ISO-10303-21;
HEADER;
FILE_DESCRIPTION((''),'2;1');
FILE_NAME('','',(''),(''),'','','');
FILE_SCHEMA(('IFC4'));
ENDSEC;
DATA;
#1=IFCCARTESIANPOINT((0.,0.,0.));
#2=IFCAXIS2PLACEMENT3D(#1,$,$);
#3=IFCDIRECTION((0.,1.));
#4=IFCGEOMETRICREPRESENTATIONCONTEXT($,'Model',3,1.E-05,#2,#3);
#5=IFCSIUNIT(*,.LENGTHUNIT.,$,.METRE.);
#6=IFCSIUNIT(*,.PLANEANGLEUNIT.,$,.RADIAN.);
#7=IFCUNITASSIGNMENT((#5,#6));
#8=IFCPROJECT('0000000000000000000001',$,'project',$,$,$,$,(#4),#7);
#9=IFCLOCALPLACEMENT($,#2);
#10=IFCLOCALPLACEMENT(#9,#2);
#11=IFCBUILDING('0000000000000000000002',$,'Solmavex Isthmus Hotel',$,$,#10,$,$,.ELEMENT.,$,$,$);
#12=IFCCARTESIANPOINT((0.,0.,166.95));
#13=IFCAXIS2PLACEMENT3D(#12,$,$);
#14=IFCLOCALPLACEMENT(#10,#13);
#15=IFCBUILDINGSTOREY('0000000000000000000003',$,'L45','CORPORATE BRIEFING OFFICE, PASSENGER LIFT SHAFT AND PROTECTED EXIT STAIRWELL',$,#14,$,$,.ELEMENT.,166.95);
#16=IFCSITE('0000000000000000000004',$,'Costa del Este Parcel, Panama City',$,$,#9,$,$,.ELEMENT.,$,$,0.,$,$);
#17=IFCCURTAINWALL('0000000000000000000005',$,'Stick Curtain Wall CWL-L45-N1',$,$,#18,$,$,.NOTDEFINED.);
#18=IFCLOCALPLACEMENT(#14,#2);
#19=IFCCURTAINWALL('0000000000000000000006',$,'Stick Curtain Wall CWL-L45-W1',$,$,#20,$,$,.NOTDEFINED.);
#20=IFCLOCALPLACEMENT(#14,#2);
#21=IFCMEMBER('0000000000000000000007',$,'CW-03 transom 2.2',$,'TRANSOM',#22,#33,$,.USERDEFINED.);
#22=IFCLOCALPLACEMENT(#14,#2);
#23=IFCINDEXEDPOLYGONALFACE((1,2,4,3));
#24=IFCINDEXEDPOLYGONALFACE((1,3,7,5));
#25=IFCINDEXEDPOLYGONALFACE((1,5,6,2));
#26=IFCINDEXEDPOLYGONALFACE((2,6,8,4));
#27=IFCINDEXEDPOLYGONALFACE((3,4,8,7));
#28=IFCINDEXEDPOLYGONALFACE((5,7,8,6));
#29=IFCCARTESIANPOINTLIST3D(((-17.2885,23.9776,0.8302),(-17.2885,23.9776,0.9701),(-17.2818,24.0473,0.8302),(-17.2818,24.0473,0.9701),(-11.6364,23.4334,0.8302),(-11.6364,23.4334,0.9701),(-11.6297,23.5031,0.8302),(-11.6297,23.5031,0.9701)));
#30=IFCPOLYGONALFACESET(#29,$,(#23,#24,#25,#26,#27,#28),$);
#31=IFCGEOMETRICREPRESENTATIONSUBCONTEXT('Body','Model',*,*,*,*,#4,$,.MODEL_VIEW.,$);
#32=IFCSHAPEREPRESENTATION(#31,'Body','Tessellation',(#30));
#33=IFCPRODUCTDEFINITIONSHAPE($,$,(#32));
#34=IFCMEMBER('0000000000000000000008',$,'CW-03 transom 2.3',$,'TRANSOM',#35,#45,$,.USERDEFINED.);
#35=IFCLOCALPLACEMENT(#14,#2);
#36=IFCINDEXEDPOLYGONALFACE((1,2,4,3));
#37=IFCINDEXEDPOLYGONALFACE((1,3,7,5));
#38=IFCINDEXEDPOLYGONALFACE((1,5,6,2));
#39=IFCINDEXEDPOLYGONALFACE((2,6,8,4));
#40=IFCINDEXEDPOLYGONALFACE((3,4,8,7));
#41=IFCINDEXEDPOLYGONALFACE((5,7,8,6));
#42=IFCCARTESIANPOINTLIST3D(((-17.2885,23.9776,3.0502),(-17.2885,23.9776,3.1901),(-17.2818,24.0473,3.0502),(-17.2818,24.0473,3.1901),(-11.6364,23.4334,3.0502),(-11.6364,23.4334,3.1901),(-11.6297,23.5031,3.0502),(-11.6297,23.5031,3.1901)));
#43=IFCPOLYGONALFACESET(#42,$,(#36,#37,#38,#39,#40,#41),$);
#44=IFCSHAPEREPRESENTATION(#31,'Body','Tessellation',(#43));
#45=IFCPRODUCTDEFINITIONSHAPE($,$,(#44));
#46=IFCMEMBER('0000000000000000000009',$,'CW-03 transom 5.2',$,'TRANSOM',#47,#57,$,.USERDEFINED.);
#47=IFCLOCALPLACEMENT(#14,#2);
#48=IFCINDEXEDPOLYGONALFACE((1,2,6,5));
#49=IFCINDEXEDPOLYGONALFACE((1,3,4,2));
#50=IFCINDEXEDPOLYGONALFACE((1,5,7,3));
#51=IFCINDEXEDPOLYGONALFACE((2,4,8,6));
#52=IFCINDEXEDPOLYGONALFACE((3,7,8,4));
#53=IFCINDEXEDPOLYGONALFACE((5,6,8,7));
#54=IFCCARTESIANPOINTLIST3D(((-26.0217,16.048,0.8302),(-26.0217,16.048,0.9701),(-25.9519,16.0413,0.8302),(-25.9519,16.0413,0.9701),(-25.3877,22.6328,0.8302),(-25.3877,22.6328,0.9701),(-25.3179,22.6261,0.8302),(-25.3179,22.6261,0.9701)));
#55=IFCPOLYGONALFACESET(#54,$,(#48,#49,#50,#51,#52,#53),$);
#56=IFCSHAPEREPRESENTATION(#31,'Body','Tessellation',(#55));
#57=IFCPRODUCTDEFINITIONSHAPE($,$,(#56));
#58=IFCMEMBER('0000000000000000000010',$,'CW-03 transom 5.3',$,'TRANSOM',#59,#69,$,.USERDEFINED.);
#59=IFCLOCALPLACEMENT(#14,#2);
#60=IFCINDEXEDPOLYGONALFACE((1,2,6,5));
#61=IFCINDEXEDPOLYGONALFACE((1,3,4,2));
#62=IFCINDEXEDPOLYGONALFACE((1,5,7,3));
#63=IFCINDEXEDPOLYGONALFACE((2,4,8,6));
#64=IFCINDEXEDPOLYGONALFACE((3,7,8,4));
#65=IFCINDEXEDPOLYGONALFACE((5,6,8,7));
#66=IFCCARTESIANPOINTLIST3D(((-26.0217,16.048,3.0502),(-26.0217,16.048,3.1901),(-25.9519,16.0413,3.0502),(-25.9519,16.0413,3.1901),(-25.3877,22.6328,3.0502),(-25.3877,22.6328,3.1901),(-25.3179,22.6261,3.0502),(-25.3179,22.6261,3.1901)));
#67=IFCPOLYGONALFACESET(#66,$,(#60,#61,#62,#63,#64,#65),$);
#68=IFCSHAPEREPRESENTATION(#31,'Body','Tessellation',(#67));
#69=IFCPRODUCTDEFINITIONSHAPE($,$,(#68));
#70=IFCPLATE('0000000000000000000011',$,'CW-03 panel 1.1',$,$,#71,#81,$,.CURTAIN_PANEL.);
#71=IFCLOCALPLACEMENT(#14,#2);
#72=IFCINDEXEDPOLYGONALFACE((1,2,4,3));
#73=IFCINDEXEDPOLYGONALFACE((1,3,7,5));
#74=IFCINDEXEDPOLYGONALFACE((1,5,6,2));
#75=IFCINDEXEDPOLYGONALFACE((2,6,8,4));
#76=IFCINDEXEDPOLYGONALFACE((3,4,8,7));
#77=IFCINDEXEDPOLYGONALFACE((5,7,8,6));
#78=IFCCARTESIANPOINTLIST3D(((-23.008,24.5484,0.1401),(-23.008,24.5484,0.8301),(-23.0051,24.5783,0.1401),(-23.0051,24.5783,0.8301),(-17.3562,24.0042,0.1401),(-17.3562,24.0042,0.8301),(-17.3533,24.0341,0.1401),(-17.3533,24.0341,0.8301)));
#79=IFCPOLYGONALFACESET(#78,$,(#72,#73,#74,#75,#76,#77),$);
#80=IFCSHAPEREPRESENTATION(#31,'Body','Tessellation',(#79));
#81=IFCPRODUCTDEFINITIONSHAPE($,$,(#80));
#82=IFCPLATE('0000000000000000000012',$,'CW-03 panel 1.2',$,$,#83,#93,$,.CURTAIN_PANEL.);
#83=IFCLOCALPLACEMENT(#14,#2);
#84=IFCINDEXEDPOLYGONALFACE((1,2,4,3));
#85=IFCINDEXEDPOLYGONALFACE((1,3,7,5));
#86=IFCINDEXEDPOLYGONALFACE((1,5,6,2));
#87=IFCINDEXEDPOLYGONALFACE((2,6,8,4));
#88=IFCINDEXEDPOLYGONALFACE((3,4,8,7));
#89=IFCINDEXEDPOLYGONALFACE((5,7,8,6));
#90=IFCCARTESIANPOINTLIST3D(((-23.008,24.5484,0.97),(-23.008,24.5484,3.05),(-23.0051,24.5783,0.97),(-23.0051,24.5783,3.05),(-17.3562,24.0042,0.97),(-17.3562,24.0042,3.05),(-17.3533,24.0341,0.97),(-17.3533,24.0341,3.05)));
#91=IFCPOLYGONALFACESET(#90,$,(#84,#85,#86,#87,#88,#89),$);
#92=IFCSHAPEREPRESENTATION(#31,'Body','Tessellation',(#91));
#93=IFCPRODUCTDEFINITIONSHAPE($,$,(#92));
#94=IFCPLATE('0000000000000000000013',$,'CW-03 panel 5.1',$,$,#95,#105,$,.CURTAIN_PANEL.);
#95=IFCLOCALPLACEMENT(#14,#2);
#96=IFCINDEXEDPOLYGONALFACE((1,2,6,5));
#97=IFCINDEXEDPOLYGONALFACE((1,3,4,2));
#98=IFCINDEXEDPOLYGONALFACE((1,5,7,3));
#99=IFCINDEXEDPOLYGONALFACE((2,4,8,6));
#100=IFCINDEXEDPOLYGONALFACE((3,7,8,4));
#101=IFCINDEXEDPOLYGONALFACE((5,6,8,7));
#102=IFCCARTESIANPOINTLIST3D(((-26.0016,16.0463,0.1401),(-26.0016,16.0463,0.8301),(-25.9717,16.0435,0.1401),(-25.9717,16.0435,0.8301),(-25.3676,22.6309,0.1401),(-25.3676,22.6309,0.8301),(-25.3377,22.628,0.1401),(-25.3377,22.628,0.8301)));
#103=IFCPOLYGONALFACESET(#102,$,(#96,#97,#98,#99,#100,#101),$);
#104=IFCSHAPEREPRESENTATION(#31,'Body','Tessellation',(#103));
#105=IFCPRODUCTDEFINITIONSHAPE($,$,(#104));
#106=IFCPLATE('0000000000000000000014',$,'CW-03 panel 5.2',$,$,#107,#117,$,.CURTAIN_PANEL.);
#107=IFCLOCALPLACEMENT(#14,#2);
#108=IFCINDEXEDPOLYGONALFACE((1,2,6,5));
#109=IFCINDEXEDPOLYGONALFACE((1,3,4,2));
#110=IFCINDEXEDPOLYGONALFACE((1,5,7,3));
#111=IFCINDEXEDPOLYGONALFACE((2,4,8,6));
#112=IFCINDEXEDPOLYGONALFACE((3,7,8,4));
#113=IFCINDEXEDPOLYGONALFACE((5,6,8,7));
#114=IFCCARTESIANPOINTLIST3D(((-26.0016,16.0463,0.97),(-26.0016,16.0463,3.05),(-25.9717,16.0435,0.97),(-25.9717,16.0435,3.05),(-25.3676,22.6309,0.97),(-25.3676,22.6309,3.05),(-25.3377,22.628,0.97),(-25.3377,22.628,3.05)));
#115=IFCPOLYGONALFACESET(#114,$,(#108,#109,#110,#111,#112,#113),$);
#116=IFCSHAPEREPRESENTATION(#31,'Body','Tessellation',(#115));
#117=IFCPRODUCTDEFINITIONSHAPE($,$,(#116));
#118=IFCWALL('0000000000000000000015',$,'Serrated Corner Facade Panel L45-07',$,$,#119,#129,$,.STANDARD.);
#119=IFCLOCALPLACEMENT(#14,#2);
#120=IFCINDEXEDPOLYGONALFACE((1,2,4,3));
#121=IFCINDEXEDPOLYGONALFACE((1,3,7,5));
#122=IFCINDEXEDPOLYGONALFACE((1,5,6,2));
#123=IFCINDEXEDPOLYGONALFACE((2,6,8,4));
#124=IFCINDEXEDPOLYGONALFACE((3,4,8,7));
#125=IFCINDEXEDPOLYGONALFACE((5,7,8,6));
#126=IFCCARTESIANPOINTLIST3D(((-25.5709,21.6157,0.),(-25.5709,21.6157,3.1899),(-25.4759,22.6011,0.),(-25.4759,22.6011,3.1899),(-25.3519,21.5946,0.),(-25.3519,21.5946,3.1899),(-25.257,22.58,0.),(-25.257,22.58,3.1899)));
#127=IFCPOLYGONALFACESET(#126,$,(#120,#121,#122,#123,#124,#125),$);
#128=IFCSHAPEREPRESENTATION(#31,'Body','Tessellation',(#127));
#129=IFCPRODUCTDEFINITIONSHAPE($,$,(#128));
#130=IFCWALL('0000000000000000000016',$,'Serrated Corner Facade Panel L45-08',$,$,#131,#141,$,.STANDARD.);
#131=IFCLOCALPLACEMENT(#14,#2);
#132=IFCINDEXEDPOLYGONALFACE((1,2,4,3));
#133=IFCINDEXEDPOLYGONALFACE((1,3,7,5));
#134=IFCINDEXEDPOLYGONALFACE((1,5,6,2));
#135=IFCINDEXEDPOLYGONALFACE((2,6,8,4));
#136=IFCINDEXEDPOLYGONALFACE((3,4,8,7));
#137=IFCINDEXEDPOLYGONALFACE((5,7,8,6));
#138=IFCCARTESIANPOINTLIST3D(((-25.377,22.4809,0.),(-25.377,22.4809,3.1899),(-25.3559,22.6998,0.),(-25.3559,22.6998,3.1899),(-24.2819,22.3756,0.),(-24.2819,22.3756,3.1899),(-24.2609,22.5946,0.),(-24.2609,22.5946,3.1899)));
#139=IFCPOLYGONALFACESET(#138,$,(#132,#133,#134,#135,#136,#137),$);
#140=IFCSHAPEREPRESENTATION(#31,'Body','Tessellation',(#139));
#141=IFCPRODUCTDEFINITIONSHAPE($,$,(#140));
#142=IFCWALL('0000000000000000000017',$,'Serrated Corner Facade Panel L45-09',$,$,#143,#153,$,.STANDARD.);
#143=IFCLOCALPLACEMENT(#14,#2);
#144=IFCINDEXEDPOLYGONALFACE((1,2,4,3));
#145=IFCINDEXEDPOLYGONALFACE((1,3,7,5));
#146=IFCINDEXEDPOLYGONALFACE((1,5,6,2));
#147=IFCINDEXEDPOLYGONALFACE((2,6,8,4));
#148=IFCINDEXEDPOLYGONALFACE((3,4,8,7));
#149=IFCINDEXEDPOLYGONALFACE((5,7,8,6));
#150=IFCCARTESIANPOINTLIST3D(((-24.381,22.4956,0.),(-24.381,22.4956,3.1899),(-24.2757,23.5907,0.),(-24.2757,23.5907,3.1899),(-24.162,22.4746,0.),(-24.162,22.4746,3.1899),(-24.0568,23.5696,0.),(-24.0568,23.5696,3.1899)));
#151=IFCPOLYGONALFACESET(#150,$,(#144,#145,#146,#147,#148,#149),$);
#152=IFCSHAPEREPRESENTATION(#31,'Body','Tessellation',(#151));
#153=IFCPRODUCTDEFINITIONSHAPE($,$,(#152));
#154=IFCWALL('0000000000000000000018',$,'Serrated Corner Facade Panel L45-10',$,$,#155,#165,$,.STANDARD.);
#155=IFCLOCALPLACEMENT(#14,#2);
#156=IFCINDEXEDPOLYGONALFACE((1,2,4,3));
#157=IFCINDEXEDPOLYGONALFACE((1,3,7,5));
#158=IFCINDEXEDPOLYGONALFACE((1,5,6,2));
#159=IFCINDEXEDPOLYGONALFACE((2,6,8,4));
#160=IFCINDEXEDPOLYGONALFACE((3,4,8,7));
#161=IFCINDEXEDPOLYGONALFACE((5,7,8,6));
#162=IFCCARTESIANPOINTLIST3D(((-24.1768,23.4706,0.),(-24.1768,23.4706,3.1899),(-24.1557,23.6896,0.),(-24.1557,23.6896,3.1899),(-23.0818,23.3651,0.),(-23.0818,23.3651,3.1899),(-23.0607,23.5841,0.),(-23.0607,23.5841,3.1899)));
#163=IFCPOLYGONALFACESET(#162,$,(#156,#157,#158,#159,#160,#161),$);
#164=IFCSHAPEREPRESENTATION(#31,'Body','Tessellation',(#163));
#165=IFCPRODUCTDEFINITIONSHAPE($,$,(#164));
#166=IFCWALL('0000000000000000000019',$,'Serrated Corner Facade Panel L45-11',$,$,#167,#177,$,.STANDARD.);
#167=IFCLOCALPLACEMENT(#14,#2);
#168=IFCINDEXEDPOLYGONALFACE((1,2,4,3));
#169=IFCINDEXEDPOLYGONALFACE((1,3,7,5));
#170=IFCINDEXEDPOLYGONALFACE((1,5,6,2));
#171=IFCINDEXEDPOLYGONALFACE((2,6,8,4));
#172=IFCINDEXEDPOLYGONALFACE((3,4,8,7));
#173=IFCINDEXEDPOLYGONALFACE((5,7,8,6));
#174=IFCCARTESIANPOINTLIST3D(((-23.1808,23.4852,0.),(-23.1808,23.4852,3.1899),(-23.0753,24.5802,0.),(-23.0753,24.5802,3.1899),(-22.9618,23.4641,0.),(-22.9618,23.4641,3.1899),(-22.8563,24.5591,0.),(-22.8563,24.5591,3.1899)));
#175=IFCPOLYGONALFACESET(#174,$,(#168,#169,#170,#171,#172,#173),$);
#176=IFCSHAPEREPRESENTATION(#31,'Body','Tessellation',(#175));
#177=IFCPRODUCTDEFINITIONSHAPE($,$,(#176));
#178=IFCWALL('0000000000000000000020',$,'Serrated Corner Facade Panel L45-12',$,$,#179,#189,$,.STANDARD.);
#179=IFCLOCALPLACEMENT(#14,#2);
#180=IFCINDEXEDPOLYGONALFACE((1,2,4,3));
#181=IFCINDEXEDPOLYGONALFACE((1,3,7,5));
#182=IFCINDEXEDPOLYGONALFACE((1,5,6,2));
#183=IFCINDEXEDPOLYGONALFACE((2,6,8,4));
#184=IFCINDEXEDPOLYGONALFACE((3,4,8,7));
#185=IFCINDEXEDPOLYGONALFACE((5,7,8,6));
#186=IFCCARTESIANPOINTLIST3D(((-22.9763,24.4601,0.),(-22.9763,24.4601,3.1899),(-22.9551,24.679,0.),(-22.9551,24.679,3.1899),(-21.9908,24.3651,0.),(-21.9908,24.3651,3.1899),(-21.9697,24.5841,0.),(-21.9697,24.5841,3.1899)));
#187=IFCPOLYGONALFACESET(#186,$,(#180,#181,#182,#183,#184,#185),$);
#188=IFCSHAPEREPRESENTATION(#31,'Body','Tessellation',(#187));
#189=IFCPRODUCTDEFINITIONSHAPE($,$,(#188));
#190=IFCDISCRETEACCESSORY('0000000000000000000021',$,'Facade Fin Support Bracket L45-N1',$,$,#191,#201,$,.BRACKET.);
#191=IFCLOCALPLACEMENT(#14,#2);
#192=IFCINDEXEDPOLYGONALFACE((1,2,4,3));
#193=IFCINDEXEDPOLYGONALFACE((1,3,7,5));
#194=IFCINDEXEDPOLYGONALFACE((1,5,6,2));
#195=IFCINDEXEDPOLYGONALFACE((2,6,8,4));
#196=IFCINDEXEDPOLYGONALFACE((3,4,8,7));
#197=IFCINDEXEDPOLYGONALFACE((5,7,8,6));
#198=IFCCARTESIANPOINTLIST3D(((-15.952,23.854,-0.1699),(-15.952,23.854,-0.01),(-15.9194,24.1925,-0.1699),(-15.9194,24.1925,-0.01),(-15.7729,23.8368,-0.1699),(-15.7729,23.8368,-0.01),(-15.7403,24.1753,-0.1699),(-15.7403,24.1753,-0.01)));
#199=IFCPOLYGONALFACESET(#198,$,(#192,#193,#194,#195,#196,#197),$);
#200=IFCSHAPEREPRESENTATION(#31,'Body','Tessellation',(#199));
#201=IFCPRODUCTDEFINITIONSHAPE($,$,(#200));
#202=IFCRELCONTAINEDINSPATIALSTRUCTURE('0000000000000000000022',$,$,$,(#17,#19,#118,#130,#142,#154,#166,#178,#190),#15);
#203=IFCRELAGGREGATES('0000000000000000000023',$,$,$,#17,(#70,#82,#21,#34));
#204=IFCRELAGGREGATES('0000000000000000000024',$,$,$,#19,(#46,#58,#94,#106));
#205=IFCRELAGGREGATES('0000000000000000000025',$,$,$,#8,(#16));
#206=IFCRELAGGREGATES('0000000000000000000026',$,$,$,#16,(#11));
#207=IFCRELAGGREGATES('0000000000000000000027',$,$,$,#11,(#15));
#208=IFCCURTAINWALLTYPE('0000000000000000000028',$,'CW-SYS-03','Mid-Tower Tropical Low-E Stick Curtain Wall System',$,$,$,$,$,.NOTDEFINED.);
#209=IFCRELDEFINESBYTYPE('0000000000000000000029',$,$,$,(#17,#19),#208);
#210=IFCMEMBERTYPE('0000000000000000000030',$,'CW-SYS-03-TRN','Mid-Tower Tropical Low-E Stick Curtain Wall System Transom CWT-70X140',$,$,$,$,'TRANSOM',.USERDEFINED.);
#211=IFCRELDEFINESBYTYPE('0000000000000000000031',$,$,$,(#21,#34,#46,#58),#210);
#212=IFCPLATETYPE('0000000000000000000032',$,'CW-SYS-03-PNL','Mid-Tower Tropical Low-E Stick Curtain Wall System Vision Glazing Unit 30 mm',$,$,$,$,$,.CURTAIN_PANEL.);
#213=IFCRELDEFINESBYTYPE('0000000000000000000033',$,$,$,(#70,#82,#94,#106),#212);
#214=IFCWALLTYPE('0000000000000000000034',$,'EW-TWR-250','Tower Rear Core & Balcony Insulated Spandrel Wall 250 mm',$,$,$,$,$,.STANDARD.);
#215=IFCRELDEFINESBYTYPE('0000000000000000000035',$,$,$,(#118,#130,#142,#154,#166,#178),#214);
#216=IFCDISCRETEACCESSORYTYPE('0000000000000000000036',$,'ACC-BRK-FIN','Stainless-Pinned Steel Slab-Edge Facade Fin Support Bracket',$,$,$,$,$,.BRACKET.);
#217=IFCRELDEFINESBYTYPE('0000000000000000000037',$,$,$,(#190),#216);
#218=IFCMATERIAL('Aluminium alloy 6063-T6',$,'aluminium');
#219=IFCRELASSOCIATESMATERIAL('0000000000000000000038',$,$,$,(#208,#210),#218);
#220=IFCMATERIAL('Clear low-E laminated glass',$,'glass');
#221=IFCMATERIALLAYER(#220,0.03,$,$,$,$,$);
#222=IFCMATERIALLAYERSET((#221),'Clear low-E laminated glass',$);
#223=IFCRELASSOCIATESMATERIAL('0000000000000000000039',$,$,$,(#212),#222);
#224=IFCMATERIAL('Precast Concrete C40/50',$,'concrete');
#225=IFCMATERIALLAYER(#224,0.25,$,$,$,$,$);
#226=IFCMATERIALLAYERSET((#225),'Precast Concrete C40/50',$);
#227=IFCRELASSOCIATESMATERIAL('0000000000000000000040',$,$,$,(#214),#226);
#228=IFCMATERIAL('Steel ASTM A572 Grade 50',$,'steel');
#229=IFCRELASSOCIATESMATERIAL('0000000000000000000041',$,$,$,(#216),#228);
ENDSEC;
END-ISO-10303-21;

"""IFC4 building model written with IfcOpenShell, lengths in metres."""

from ifc_helpers import new_model, si_unit, direction, frame, frame_2d, origin, origin_2d, place, context, subcontext, project, spatial, rectangle, extrude, material, layer, layer_set, material_profile, profile_set, type_object, element, aggregate, save


model = new_model("IFC4")

# Units and contexts
model_context = context("Model", 3, precision=1e-05, world=origin(), true_north=direction((0.0, 1.0)))
body_context = subcontext(model_context, "Body", "Model", "MODEL_VIEW")
ifc_project = project(units=[si_unit("LENGTHUNIT", "METRE"), si_unit("PLANEANGLEUNIT", "RADIAN")], contexts=[model_context])

# Site, building, storey
site_placement = place(None, origin())
site = spatial("IfcSite", under=ifc_project, at=site_placement, Name="Costa del Este Parcel, Panama City", CompositionType="ELEMENT", RefElevation=0.0)
building_placement = place(site_placement, origin())
building = spatial("IfcBuilding", under=site, at=building_placement, Name="Solmavex Isthmus Hotel", CompositionType="ELEMENT")
storey_placement = place(building_placement, frame((0.0, 0.0, 166.95)))
storey = spatial("IfcBuildingStorey", under=building, at=storey_placement, Name="L45", Description="CORPORATE BRIEFING OFFICE, PASSENGER LIFT SHAFT AND PROTECTED EXIT STAIRWELL", CompositionType="ELEMENT", Elevation=166.95)

# Curtain wall
ifc_material_1 = material(Name="Aluminium alloy 6063-T6", Category="aluminium")
curtain_wall_type = type_object("IfcCurtainWallType", Name="CW-SYS-03", Description="Mid-Tower Tropical Low-E Stick Curtain Wall System", PredefinedType="NOTDEFINED", material=ifc_material_1)
curtain_wall_1_placement = place(storey_placement, origin())
curtain_wall_1 = element("IfcCurtainWall", 1, at=curtain_wall_1_placement, inside=storey, type_object=curtain_wall_type, Name="Stick Curtain Wall CWL-L45-N1", PredefinedType="NOTDEFINED")

# Curtain wall
curtain_wall_2_placement = place(storey_placement, origin())
curtain_wall_2 = element("IfcCurtainWall", 2, at=curtain_wall_2_placement, inside=storey, type_object=curtain_wall_type, Name="Stick Curtain Wall CWL-L45-W1", PredefinedType="NOTDEFINED")

# Members
ifc_material_profile_1 = material_profile(ifc_material_1, rectangle(XDim=0.0701, YDim=0.1399, at=origin_2d()), Name="CWT-70X140")
ifc_profile_set_1 = profile_set([ifc_material_profile_1], Name="Aluminium alloy 6063-T6")
member_type_1 = type_object("IfcMemberType", Name="CW-SYS-03-TRN", Description="Mid-Tower Tropical Low-E Stick Curtain Wall System Transom CWT-70X140", ElementType="TRANSOM", PredefinedType="USERDEFINED", material=ifc_profile_set_1)
member_1_placement = place(storey_placement, frame((-17.2852, 24.0125, 0.9001), z_axis=(0.995397, -0.095838, 0.0), x_axis=(0.095838, 0.995397, 0.0)))
member_1 = element("IfcMember", 3, at=member_1_placement, type_object=member_type_1, Name="CW-03 transom 2.2", ObjectType="TRANSOM", PredefinedType="USERDEFINED", context=body_context, shape_type="SweptSolid", body=[
    extrude(rectangle(XDim=0.0701, YDim=0.1399, at=origin_2d()), origin(), (0.0, 0.0, 1.0), 5.6782),
])
member_2_placement = place(storey_placement, frame((-17.2852, 24.0125, 3.1201), z_axis=(0.995397, -0.095838, 0.0), x_axis=(0.095838, 0.995397, 0.0)))
member_2 = element("IfcMember", 4, at=member_2_placement, type_object=member_type_1, Name="CW-03 transom 2.3", ObjectType="TRANSOM", PredefinedType="USERDEFINED", context=body_context, shape_type="SweptSolid", body=[
    extrude(rectangle(XDim=0.0701, YDim=0.1399, at=origin_2d()), origin(), (0.0, 0.0, 1.0), 5.6782),
])
member_3_placement = place(storey_placement, frame((-25.9868, 16.0447, 0.9001), z_axis=(0.095845, 0.995396, 0.0), x_axis=(-0.995396, 0.095845, 0.0)))
member_3 = element("IfcMember", 5, at=member_3_placement, type_object=member_type_1, Name="CW-03 transom 5.2", ObjectType="TRANSOM", PredefinedType="USERDEFINED", context=body_context, shape_type="SweptSolid", body=[
    extrude(rectangle(XDim=0.0701, YDim=0.1399, at=origin_2d()), origin(), (0.0, 0.0, 1.0), 6.6152),
])
member_4_placement = place(storey_placement, frame((-25.9868, 16.0447, 3.1201), z_axis=(0.095845, 0.995396, 0.0), x_axis=(-0.995396, 0.095845, 0.0)))
member_4 = element("IfcMember", 6, at=member_4_placement, type_object=member_type_1, Name="CW-03 transom 5.3", ObjectType="TRANSOM", PredefinedType="USERDEFINED", context=body_context, shape_type="SweptSolid", body=[
    extrude(rectangle(XDim=0.0701, YDim=0.1399, at=origin_2d()), origin(), (0.0, 0.0, 1.0), 6.6152),
])

# Plates
ifc_material_2 = material(Name="Clear low-E laminated glass", Category="glass")
ifc_layer_1 = layer(ifc_material_2, 0.03)
ifc_layer_set_1 = layer_set([ifc_layer_1], Name="Clear low-E laminated glass")
plate_type = type_object("IfcPlateType", Name="CW-SYS-03-PNL", Description="Mid-Tower Tropical Low-E Stick Curtain Wall System Vision Glazing Unit 30 mm", PredefinedType="CURTAIN_PANEL", material=ifc_layer_set_1)
plate_1_placement = place(storey_placement, frame((-20.1807, 24.2913, 0.1401), z_axis=(0.0, 0.0, 1.0), x_axis=(0.995396, -0.095846, 0.0)))
plate_1 = element("IfcPlate", 7, at=plate_1_placement, type_object=plate_type, Name="CW-03 panel 1.1", PredefinedType="CURTAIN_PANEL", context=body_context, shape_type="SweptSolid", body=[
    extrude(rectangle(XDim=5.678, YDim=0.03, at=origin_2d()), origin(), (0.0, 0.0, 1.0), 0.6899),
])
plate_2_placement = place(storey_placement, frame((-20.1807, 24.2913, 0.97), z_axis=(0.0, 0.0, 1.0), x_axis=(0.995396, -0.095846, 0.0)))
plate_2 = element("IfcPlate", 8, at=plate_2_placement, type_object=plate_type, Name="CW-03 panel 1.2", PredefinedType="CURTAIN_PANEL", context=body_context, shape_type="SweptSolid", body=[
    extrude(rectangle(XDim=5.678, YDim=0.03, at=origin_2d()), origin(), (0.0, 0.0, 1.0), 2.0801),
])
aggregate(curtain_wall_1, [plate_1, plate_2, member_1, member_2])
plate_3_placement = place(storey_placement, frame((-25.6697, 19.3372, 0.1401), z_axis=(0.0, 0.0, 1.0), x_axis=(0.095846, 0.995396, 0.0)))
plate_3 = element("IfcPlate", 9, at=plate_3_placement, type_object=plate_type, Name="CW-03 panel 5.1", PredefinedType="CURTAIN_PANEL", context=body_context, shape_type="SweptSolid", body=[
    extrude(rectangle(XDim=6.615, YDim=0.03, at=origin_2d()), origin(), (0.0, 0.0, 1.0), 0.6899),
])
plate_4_placement = place(storey_placement, frame((-25.6697, 19.3372, 0.97), z_axis=(0.0, 0.0, 1.0), x_axis=(0.095846, 0.995396, 0.0)))
plate_4 = element("IfcPlate", 10, at=plate_4_placement, type_object=plate_type, Name="CW-03 panel 5.2", PredefinedType="CURTAIN_PANEL", context=body_context, shape_type="SweptSolid", body=[
    extrude(rectangle(XDim=6.615, YDim=0.03, at=origin_2d()), origin(), (0.0, 0.0, 1.0), 2.0801),
])
aggregate(curtain_wall_2, [member_3, member_4, plate_3, plate_4])

# Walls
ifc_material_3 = material(Name="Precast Concrete C40/50", Category="concrete")
ifc_layer_2 = layer(ifc_material_3, 0.25)
ifc_layer_set_2 = layer_set([ifc_layer_2], Name="Precast Concrete C40/50")
wall_type = type_object("IfcWallType", Name="EW-TWR-250", Description="Tower Rear Core & Balcony Insulated Spandrel Wall 250 mm", PredefinedType="STANDARD", material=ifc_layer_set_2)
wall_1_placement = place(storey_placement, frame((-25.4614, 21.605, 0.0), z_axis=(0.0, 0.0, 1.0), x_axis=(0.095938, 0.995387, 0.0)))
element("IfcWall", 11, at=wall_1_placement, inside=storey, type_object=wall_type, Name="Serrated Corner Facade Panel L45-07", PredefinedType="STANDARD", context=body_context, shape_type="SweptSolid", body=[
    extrude(rectangle(XDim=0.99, YDim=0.22, at=frame_2d((0.4951, 0.0))), origin(), (0.0, 0.0, 1.0), 3.1899),
])
for number, where, z_axis, x_axis, name in (
    (12, (-25.3665, 22.5903, 0.0), (0.0, 0.0, 1.0), (0.995414, -0.095657, 0.0), "Serrated Corner Facade Panel L45-08"),
    (13, (-24.2715, 22.4851, 0.0), (0.0, 0.0, 1.0), (0.095657, 0.995414, 0.0), "Serrated Corner Facade Panel L45-09"),
    (14, (-24.1663, 23.5801, 0.0), (0.0, 0.0, 1.0), (0.995393, -0.095877, 0.0), "Serrated Corner Facade Panel L45-10"),
    (15, (-23.0713, 23.4746, 0.0), (0.0, 0.0, 1.0), (0.095877, 0.995393, 0.0), "Serrated Corner Facade Panel L45-11"),
):
    element("IfcWall", number, at=place(storey_placement, frame(where, z_axis=z_axis, x_axis=x_axis)), inside=storey, type_object=wall_type, Name=name, PredefinedType="STANDARD", context=body_context, shape_type="SweptSolid", body=[
        extrude(rectangle(XDim=1.1001, YDim=0.22, at=frame_2d((0.55, 0.0))), origin(), (0.0, 0.0, 1.0), 3.1899),
    ])
wall_2_placement = place(storey_placement, frame((-22.9658, 24.5696, 0.0), z_axis=(0.0, 0.0, 1.0), x_axis=(0.995387, -0.095938, 0.0)))
element("IfcWall", 16, at=wall_2_placement, inside=storey, type_object=wall_type, Name="Serrated Corner Facade Panel L45-12", PredefinedType="STANDARD", context=body_context, shape_type="SweptSolid", body=[
    extrude(rectangle(XDim=0.99, YDim=0.22, at=frame_2d((0.4951, 0.0))), origin(), (0.0, 0.0, 1.0), 3.1899),
])

# Discrete accessory
ifc_material_4 = material(Name="Steel ASTM A572 Grade 50", Category="steel")
discrete_accessory_type = type_object("IfcDiscreteAccessoryType", Name="ACC-BRK-FIN", Description="Stainless-Pinned Steel Slab-Edge Facade Fin Support Bracket", PredefinedType="BRACKET", material=ifc_material_4)
discrete_accessory_placement = place(storey_placement, frame((-15.8462, 24.0146, -0.1699), z_axis=(0.0, 0.0, 1.0), x_axis=(0.095846, 0.995396, 0.0)))
element("IfcDiscreteAccessory", 17, at=discrete_accessory_placement, inside=storey, type_object=discrete_accessory_type, Name="Facade Fin Support Bracket L45-N1", PredefinedType="BRACKET", context=body_context, shape_type="SweptSolid", body=[
    extrude(rectangle(XDim=0.3401, YDim=0.1799, at=origin_2d()), origin(), (0.0, 0.0, 1.0), 0.1599),
])

save(model, "model.ifc")
